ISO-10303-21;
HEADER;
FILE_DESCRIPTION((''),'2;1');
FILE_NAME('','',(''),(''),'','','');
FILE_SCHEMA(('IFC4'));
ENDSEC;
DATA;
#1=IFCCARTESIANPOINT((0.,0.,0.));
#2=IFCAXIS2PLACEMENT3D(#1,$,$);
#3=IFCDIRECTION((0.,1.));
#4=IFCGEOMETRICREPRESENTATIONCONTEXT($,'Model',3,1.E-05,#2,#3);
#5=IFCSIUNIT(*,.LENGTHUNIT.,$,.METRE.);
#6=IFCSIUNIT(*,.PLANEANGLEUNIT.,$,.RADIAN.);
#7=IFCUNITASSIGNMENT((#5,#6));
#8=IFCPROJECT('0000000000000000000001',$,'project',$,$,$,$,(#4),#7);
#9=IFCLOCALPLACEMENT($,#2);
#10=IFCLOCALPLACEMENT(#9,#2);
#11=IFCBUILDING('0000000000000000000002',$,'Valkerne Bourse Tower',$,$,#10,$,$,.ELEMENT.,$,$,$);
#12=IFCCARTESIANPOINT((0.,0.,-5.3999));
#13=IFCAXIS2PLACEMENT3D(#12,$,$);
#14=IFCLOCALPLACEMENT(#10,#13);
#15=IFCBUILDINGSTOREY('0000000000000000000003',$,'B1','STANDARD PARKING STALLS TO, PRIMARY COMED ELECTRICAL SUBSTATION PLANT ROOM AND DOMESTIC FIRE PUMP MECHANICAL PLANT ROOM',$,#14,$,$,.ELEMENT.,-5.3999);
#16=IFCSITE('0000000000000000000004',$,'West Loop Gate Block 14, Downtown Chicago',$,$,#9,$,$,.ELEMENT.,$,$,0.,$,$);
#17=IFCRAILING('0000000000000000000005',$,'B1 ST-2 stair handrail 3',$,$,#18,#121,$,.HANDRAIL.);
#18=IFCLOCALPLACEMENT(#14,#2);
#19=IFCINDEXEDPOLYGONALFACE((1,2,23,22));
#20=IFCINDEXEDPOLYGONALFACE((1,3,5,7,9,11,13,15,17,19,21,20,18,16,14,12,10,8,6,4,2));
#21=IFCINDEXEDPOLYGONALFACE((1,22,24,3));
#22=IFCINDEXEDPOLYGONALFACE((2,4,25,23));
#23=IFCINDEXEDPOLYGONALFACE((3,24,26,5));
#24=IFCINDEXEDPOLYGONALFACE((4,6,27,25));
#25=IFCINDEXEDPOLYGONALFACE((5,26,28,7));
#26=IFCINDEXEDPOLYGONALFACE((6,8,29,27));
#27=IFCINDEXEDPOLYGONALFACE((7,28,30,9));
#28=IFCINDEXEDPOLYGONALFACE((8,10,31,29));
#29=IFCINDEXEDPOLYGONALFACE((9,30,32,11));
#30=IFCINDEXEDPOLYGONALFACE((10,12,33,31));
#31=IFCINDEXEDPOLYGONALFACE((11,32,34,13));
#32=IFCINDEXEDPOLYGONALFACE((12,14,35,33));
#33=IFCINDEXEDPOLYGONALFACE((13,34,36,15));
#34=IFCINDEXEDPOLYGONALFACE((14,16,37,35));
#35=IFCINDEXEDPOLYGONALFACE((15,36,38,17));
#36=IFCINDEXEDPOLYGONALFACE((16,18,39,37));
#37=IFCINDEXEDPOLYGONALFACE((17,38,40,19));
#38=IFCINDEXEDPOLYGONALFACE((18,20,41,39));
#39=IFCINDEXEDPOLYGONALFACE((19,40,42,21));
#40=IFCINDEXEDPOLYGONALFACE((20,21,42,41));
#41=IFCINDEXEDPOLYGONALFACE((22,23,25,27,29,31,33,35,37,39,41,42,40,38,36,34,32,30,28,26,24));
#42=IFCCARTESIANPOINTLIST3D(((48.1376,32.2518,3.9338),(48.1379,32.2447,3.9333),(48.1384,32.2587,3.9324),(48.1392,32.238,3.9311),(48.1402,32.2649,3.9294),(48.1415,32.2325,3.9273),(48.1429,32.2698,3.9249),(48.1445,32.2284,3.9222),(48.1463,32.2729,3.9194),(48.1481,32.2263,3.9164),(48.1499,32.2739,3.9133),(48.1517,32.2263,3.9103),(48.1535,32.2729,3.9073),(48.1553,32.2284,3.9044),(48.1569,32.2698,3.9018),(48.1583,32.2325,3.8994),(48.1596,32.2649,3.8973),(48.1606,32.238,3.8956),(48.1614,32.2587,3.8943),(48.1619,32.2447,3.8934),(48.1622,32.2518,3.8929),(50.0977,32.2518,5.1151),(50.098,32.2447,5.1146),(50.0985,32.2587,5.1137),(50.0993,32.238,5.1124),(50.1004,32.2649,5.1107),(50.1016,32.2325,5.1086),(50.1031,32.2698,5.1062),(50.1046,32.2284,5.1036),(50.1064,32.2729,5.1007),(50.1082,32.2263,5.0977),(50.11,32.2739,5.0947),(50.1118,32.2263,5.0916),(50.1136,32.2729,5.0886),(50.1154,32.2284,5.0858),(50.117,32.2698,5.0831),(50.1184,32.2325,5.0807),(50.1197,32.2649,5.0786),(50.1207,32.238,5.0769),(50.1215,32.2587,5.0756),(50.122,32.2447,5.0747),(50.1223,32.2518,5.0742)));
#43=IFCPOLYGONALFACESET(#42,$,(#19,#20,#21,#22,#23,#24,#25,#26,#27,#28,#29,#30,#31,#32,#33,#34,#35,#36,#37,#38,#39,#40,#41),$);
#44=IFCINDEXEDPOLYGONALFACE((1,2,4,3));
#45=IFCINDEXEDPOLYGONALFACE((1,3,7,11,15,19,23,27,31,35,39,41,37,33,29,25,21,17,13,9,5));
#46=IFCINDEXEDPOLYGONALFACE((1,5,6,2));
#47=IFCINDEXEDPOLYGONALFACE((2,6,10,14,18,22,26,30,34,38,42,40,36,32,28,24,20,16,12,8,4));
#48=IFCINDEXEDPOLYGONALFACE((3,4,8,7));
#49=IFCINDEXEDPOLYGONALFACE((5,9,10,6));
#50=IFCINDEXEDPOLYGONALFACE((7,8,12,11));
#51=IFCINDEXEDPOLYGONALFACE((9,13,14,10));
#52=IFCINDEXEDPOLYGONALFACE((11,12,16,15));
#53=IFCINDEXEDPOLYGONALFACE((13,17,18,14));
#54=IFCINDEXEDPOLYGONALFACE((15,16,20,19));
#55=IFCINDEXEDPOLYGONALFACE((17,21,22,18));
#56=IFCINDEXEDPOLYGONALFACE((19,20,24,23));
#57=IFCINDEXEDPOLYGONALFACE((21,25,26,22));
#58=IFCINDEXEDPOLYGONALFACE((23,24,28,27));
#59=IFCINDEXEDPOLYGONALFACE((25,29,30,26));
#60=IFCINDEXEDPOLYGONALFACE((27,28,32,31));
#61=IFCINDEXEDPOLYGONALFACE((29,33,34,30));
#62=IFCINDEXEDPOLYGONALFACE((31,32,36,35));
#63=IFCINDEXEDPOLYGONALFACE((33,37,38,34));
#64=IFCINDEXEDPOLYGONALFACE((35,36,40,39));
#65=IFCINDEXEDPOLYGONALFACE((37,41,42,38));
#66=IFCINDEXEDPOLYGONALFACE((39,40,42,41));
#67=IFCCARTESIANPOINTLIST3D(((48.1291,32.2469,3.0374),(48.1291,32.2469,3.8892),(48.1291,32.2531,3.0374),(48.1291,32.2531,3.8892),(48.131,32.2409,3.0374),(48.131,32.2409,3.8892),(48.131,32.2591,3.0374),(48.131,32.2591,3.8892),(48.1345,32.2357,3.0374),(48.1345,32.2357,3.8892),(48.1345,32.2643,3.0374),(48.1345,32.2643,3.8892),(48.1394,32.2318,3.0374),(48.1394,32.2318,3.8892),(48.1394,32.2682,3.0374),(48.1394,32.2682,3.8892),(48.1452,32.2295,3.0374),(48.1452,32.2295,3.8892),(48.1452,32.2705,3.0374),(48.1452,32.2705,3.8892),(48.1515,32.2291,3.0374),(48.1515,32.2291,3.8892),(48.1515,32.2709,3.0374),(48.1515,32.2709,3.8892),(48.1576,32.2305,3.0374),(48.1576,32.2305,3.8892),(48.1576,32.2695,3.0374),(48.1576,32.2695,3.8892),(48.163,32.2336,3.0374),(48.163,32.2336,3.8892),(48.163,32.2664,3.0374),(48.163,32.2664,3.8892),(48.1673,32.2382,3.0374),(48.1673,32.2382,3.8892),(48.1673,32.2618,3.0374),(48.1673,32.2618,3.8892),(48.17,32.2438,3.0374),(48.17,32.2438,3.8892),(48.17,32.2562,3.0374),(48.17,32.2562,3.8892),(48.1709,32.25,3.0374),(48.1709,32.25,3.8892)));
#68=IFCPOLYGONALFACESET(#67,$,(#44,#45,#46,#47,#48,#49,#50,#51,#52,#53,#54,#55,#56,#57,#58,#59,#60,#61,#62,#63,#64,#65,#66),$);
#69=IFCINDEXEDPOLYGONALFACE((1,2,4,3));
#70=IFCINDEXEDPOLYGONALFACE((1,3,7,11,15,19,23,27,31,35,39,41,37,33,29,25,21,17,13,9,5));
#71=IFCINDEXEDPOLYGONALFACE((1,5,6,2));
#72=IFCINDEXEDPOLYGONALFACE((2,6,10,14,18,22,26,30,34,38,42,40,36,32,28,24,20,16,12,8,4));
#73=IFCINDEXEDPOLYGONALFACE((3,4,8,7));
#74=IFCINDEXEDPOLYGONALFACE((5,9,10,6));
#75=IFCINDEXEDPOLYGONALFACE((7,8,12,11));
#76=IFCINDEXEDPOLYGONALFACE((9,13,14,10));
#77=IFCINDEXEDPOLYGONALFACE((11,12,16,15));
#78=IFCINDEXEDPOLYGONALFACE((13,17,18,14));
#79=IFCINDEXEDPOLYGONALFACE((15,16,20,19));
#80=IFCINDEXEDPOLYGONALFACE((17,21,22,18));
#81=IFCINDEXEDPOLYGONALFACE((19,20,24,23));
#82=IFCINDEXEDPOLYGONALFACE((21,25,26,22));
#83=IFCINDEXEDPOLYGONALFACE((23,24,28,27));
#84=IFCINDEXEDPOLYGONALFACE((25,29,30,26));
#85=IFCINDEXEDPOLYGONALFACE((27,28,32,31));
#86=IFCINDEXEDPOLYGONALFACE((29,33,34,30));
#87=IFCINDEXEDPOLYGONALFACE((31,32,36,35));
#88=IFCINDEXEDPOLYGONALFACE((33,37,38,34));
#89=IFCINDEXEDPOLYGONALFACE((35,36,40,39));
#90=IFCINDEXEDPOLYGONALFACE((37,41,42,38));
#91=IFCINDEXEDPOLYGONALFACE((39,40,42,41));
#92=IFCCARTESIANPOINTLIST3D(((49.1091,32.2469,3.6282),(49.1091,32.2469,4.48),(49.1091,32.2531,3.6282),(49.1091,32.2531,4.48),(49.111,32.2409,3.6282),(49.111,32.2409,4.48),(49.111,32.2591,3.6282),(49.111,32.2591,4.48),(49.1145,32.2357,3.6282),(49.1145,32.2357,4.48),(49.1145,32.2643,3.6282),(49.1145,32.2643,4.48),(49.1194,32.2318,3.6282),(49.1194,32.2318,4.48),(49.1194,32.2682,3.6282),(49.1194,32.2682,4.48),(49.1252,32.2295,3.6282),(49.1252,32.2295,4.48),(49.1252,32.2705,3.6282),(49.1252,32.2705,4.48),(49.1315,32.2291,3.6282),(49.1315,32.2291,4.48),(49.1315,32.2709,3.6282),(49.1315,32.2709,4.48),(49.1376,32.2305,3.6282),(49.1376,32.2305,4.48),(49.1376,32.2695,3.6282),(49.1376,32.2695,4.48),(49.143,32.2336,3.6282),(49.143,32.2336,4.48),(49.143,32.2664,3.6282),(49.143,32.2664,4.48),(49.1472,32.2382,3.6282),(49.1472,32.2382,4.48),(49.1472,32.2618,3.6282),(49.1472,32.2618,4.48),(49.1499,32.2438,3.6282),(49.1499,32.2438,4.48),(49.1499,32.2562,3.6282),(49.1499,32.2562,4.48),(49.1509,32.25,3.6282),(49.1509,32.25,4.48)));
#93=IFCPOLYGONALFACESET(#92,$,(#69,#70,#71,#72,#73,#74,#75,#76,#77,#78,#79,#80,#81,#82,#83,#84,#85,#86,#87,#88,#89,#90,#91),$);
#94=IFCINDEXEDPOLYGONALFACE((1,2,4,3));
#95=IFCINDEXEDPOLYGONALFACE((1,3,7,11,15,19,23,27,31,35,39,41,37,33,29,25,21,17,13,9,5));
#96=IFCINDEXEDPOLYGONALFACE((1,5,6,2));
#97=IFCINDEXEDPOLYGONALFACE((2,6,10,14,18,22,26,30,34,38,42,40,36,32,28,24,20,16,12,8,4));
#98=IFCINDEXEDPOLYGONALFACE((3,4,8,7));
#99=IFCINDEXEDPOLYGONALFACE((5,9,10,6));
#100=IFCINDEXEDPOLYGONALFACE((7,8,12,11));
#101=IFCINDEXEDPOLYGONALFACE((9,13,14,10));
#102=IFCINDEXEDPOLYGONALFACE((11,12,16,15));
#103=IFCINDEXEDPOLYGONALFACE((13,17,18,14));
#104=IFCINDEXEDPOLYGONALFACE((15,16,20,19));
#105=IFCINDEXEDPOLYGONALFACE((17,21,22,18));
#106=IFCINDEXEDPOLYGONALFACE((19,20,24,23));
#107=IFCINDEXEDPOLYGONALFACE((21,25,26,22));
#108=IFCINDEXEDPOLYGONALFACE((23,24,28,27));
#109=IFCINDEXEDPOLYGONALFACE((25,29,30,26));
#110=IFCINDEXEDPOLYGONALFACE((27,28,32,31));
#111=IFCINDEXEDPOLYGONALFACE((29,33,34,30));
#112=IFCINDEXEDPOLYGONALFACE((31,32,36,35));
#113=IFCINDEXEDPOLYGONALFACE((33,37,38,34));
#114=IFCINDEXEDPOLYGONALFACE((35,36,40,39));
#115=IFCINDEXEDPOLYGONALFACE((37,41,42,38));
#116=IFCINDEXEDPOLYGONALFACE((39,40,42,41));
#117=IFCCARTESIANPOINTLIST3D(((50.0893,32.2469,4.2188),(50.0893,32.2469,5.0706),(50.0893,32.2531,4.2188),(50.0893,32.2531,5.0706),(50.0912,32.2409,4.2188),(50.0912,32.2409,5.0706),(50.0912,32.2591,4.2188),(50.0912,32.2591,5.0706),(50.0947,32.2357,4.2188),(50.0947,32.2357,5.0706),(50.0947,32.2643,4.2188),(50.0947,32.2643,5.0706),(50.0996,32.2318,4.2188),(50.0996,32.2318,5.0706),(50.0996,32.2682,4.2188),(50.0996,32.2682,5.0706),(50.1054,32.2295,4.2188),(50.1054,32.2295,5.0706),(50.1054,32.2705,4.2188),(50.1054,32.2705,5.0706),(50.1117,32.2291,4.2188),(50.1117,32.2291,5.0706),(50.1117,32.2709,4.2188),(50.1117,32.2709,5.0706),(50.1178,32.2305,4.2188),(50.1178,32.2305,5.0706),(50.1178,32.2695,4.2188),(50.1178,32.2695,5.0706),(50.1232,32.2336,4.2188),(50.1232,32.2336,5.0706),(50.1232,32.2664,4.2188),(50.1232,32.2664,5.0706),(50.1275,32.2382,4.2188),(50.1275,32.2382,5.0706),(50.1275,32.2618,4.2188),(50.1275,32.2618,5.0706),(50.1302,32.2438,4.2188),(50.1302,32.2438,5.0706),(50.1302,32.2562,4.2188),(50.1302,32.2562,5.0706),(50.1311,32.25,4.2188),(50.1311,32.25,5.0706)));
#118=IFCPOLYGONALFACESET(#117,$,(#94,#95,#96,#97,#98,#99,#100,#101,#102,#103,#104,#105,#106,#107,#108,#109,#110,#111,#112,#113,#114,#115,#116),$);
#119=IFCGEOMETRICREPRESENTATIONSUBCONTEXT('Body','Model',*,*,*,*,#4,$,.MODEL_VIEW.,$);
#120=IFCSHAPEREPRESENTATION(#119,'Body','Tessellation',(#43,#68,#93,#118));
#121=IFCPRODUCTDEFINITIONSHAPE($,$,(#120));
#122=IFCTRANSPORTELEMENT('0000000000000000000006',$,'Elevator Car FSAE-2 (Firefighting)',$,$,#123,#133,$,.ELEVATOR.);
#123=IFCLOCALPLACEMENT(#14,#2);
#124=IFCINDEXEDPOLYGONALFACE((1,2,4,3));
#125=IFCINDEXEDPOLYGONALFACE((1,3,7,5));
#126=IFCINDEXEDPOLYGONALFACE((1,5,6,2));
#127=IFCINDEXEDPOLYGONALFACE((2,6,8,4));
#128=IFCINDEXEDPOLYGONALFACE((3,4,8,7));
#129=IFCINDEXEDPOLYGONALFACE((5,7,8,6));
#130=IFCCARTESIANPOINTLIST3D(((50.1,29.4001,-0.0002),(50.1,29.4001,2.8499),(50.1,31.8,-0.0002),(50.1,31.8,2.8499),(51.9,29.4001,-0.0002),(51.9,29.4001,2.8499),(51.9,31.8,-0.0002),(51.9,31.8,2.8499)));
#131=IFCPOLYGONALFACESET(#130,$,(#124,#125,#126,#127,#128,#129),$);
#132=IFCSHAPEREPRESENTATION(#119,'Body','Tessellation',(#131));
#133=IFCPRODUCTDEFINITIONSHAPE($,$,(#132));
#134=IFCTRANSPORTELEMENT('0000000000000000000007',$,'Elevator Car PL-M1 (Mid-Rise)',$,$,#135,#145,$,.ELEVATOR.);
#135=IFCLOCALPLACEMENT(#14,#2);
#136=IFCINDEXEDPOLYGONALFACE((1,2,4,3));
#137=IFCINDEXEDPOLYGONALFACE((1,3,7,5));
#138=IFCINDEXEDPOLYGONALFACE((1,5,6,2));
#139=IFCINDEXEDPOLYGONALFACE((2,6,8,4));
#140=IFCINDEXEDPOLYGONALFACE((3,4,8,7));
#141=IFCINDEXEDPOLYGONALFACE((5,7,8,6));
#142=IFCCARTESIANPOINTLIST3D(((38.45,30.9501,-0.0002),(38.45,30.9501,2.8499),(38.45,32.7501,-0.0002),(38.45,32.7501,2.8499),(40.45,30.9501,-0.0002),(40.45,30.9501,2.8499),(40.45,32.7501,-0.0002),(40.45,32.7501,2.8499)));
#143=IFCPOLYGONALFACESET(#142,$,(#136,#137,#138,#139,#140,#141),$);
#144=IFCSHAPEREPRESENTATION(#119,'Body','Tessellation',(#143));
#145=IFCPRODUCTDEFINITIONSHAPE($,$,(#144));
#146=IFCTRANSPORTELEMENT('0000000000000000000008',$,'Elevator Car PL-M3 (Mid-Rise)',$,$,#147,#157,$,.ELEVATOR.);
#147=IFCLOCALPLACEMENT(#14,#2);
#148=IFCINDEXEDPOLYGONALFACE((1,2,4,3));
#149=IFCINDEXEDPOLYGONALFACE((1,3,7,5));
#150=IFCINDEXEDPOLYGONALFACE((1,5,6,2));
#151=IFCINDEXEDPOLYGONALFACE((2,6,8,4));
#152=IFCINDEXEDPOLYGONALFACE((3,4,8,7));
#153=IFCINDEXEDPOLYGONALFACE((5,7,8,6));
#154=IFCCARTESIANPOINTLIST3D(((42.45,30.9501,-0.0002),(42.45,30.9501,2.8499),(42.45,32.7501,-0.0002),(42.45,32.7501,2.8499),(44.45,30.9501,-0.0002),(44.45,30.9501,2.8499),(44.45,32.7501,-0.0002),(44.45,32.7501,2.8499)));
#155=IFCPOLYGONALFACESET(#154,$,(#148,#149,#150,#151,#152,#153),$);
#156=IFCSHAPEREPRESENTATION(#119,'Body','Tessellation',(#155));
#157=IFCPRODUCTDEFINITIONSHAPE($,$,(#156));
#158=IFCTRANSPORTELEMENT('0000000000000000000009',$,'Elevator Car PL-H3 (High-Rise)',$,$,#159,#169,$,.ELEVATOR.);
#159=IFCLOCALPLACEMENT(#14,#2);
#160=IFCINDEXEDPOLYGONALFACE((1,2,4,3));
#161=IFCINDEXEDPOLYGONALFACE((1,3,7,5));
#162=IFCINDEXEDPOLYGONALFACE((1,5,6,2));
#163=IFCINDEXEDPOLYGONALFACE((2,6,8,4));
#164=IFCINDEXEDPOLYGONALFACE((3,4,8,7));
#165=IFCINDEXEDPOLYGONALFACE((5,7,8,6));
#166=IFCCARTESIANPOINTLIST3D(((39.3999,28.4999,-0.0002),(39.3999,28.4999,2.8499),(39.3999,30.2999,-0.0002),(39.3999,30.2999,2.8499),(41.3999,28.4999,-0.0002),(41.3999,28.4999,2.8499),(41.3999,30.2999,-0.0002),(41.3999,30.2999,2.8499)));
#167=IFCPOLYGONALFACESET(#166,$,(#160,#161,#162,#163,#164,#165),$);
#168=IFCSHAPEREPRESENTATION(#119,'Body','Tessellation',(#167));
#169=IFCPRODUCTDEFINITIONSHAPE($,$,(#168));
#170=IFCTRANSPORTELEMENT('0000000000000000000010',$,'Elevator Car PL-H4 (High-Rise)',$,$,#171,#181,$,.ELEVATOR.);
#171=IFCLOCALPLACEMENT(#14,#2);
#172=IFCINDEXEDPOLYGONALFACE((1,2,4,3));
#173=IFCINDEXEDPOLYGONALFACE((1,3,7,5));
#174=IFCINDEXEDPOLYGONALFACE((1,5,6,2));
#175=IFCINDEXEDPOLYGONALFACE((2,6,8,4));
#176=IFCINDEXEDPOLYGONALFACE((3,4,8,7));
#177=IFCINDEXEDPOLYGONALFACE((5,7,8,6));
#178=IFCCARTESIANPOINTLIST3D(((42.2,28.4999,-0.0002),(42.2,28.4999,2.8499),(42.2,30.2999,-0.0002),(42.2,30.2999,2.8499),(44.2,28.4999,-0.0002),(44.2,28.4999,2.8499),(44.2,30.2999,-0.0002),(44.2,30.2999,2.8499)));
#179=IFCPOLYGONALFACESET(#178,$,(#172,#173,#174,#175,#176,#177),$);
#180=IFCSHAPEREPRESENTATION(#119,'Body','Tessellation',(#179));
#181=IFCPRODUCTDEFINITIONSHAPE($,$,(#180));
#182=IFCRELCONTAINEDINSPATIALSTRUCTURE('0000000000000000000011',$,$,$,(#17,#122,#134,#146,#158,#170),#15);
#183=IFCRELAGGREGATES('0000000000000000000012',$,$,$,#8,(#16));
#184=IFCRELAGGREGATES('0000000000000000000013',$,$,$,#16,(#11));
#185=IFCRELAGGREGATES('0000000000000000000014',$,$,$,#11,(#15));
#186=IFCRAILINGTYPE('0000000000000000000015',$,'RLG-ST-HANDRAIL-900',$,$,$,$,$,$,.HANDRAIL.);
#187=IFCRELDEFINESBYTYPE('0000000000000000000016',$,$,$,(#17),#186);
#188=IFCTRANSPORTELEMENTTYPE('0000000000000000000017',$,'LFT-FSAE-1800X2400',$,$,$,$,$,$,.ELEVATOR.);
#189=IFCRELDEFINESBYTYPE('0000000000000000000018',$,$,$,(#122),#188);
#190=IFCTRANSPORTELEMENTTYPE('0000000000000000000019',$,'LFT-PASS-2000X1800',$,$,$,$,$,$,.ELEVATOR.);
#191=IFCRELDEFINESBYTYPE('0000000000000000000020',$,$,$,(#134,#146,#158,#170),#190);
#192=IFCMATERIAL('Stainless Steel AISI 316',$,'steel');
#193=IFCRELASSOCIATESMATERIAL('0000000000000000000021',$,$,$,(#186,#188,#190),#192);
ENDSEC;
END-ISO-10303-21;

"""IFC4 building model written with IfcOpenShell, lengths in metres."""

from ifc_helpers import new_model, si_unit, direction, frame, origin, origin_2d, place, context, subcontext, project, spatial, rectangle, circle, extrude, material, type_object, element, save


model = new_model("IFC4")

# Units and contexts
model_context = context("Model", 3, precision=1e-05, world=origin(), true_north=direction((0.0, 1.0)))
body_context = subcontext(model_context, "Body", "Model", "MODEL_VIEW")
ifc_project = project(units=[si_unit("LENGTHUNIT", "METRE"), si_unit("PLANEANGLEUNIT", "RADIAN")], contexts=[model_context])

# Site, building, storey
site_placement = place(None, origin())
site = spatial("IfcSite", under=ifc_project, at=site_placement, Name="West Loop Gate Block 14, Downtown Chicago", CompositionType="ELEMENT", RefElevation=0.0)
building_placement = place(site_placement, origin())
building = spatial("IfcBuilding", under=site, at=building_placement, Name="Valkerne Bourse Tower", CompositionType="ELEMENT")
storey_placement = place(building_placement, frame((0.0, 0.0, -5.3999)))
storey = spatial("IfcBuildingStorey", under=building, at=storey_placement, Name="B1", Description="STANDARD PARKING STALLS TO, PRIMARY COMED ELECTRICAL SUBSTATION PLANT ROOM AND DOMESTIC FIRE PUMP MECHANICAL PLANT ROOM", CompositionType="ELEMENT", Elevation=-5.3999)

# Shared definitions
ifc_material_1 = material(Name="Stainless Steel AISI 316", Category="steel")

# Railing
railing_type_1 = type_object("IfcRailingType", Name="RLG-ST-HANDRAIL-900", PredefinedType="HANDRAIL", material=ifc_material_1)
railing_1_placement = place(storey_placement, frame((48.1499, 32.25, 3.0374)))
element("IfcRailing", 1, at=railing_1_placement, inside=storey, type_object=railing_type_1, Name="B1 ST-2 stair handrail 3", PredefinedType="HANDRAIL", context=body_context, shape_type="SweptSolid", body=[
    extrude(circle(Radius=0.0239, at=origin_2d()), frame((0.0, 0.0, 0.876), z_axis=(0.856475, 0.0, 0.516189), x_axis=(0.0, 1.0, 0.0)), (0.0, 0.0, 1.0), 2.2886),
    extrude(circle(Radius=0.021, at=origin_2d()), origin(), (0.0, 0.0, 1.0), 0.8518),
    extrude(circle(Radius=0.021, at=origin_2d()), frame((0.98, 0.0, 0.5908)), (0.0, 0.0, 1.0), 0.8518),
    extrude(circle(Radius=0.021, at=origin_2d()), frame((1.9602, 0.0, 1.1814)), (0.0, 0.0, 1.0), 0.8518),
])

# Transport elements
transport_element_type_1 = type_object("IfcTransportElementType", Name="LFT-FSAE-1800X2400", PredefinedType="ELEVATOR", material=ifc_material_1)
transport_element_placement = place(storey_placement, frame((51.0, 30.6001, -0.0002), z_axis=(0.0, 0.0, 1.0), x_axis=(1.0, 0.0, 0.0)))
element("IfcTransportElement", 2, at=transport_element_placement, inside=storey, type_object=transport_element_type_1, Name="Elevator Car FSAE-2 (Firefighting)", PredefinedType="ELEVATOR", context=body_context, shape_type="SweptSolid", body=[
    extrude(rectangle(XDim=1.8, YDim=2.3999, at=origin_2d()), origin(), (0.0, 0.0, 1.0), 2.8501),
])
transport_element_type_2 = type_object("IfcTransportElementType", Name="LFT-PASS-2000X1800", PredefinedType="ELEVATOR", material=ifc_material_1)
for number, where, z_axis, x_axis, name in (
    (3, (39.45, 31.8501, -0.0002), (0.0, 0.0, 1.0), (1.0, 0.0, 0.0), "Elevator Car PL-M1 (Mid-Rise)"),
    (4, (43.45, 31.8501, -0.0002), (0.0, 0.0, 1.0), (1.0, 0.0, 0.0), "Elevator Car PL-M3 (Mid-Rise)"),
    (5, (40.3999, 29.3999, -0.0002), (0.0, 0.0, 1.0), (1.0, 0.0, 0.0), "Elevator Car PL-H3 (High-Rise)"),
    (6, (43.2, 29.3999, -0.0002), (0.0, 0.0, 1.0), (1.0, 0.0, 0.0), "Elevator Car PL-H4 (High-Rise)"),
):
    element("IfcTransportElement", number, at=place(storey_placement, frame(where, z_axis=z_axis, x_axis=x_axis)), inside=storey, type_object=transport_element_type_2, Name=name, PredefinedType="ELEVATOR", context=body_context, shape_type="SweptSolid", body=[
        extrude(rectangle(XDim=2.0, YDim=1.8, at=origin_2d()), origin(), (0.0, 0.0, 1.0), 2.8501),
    ])

save(model, "model.ifc")
